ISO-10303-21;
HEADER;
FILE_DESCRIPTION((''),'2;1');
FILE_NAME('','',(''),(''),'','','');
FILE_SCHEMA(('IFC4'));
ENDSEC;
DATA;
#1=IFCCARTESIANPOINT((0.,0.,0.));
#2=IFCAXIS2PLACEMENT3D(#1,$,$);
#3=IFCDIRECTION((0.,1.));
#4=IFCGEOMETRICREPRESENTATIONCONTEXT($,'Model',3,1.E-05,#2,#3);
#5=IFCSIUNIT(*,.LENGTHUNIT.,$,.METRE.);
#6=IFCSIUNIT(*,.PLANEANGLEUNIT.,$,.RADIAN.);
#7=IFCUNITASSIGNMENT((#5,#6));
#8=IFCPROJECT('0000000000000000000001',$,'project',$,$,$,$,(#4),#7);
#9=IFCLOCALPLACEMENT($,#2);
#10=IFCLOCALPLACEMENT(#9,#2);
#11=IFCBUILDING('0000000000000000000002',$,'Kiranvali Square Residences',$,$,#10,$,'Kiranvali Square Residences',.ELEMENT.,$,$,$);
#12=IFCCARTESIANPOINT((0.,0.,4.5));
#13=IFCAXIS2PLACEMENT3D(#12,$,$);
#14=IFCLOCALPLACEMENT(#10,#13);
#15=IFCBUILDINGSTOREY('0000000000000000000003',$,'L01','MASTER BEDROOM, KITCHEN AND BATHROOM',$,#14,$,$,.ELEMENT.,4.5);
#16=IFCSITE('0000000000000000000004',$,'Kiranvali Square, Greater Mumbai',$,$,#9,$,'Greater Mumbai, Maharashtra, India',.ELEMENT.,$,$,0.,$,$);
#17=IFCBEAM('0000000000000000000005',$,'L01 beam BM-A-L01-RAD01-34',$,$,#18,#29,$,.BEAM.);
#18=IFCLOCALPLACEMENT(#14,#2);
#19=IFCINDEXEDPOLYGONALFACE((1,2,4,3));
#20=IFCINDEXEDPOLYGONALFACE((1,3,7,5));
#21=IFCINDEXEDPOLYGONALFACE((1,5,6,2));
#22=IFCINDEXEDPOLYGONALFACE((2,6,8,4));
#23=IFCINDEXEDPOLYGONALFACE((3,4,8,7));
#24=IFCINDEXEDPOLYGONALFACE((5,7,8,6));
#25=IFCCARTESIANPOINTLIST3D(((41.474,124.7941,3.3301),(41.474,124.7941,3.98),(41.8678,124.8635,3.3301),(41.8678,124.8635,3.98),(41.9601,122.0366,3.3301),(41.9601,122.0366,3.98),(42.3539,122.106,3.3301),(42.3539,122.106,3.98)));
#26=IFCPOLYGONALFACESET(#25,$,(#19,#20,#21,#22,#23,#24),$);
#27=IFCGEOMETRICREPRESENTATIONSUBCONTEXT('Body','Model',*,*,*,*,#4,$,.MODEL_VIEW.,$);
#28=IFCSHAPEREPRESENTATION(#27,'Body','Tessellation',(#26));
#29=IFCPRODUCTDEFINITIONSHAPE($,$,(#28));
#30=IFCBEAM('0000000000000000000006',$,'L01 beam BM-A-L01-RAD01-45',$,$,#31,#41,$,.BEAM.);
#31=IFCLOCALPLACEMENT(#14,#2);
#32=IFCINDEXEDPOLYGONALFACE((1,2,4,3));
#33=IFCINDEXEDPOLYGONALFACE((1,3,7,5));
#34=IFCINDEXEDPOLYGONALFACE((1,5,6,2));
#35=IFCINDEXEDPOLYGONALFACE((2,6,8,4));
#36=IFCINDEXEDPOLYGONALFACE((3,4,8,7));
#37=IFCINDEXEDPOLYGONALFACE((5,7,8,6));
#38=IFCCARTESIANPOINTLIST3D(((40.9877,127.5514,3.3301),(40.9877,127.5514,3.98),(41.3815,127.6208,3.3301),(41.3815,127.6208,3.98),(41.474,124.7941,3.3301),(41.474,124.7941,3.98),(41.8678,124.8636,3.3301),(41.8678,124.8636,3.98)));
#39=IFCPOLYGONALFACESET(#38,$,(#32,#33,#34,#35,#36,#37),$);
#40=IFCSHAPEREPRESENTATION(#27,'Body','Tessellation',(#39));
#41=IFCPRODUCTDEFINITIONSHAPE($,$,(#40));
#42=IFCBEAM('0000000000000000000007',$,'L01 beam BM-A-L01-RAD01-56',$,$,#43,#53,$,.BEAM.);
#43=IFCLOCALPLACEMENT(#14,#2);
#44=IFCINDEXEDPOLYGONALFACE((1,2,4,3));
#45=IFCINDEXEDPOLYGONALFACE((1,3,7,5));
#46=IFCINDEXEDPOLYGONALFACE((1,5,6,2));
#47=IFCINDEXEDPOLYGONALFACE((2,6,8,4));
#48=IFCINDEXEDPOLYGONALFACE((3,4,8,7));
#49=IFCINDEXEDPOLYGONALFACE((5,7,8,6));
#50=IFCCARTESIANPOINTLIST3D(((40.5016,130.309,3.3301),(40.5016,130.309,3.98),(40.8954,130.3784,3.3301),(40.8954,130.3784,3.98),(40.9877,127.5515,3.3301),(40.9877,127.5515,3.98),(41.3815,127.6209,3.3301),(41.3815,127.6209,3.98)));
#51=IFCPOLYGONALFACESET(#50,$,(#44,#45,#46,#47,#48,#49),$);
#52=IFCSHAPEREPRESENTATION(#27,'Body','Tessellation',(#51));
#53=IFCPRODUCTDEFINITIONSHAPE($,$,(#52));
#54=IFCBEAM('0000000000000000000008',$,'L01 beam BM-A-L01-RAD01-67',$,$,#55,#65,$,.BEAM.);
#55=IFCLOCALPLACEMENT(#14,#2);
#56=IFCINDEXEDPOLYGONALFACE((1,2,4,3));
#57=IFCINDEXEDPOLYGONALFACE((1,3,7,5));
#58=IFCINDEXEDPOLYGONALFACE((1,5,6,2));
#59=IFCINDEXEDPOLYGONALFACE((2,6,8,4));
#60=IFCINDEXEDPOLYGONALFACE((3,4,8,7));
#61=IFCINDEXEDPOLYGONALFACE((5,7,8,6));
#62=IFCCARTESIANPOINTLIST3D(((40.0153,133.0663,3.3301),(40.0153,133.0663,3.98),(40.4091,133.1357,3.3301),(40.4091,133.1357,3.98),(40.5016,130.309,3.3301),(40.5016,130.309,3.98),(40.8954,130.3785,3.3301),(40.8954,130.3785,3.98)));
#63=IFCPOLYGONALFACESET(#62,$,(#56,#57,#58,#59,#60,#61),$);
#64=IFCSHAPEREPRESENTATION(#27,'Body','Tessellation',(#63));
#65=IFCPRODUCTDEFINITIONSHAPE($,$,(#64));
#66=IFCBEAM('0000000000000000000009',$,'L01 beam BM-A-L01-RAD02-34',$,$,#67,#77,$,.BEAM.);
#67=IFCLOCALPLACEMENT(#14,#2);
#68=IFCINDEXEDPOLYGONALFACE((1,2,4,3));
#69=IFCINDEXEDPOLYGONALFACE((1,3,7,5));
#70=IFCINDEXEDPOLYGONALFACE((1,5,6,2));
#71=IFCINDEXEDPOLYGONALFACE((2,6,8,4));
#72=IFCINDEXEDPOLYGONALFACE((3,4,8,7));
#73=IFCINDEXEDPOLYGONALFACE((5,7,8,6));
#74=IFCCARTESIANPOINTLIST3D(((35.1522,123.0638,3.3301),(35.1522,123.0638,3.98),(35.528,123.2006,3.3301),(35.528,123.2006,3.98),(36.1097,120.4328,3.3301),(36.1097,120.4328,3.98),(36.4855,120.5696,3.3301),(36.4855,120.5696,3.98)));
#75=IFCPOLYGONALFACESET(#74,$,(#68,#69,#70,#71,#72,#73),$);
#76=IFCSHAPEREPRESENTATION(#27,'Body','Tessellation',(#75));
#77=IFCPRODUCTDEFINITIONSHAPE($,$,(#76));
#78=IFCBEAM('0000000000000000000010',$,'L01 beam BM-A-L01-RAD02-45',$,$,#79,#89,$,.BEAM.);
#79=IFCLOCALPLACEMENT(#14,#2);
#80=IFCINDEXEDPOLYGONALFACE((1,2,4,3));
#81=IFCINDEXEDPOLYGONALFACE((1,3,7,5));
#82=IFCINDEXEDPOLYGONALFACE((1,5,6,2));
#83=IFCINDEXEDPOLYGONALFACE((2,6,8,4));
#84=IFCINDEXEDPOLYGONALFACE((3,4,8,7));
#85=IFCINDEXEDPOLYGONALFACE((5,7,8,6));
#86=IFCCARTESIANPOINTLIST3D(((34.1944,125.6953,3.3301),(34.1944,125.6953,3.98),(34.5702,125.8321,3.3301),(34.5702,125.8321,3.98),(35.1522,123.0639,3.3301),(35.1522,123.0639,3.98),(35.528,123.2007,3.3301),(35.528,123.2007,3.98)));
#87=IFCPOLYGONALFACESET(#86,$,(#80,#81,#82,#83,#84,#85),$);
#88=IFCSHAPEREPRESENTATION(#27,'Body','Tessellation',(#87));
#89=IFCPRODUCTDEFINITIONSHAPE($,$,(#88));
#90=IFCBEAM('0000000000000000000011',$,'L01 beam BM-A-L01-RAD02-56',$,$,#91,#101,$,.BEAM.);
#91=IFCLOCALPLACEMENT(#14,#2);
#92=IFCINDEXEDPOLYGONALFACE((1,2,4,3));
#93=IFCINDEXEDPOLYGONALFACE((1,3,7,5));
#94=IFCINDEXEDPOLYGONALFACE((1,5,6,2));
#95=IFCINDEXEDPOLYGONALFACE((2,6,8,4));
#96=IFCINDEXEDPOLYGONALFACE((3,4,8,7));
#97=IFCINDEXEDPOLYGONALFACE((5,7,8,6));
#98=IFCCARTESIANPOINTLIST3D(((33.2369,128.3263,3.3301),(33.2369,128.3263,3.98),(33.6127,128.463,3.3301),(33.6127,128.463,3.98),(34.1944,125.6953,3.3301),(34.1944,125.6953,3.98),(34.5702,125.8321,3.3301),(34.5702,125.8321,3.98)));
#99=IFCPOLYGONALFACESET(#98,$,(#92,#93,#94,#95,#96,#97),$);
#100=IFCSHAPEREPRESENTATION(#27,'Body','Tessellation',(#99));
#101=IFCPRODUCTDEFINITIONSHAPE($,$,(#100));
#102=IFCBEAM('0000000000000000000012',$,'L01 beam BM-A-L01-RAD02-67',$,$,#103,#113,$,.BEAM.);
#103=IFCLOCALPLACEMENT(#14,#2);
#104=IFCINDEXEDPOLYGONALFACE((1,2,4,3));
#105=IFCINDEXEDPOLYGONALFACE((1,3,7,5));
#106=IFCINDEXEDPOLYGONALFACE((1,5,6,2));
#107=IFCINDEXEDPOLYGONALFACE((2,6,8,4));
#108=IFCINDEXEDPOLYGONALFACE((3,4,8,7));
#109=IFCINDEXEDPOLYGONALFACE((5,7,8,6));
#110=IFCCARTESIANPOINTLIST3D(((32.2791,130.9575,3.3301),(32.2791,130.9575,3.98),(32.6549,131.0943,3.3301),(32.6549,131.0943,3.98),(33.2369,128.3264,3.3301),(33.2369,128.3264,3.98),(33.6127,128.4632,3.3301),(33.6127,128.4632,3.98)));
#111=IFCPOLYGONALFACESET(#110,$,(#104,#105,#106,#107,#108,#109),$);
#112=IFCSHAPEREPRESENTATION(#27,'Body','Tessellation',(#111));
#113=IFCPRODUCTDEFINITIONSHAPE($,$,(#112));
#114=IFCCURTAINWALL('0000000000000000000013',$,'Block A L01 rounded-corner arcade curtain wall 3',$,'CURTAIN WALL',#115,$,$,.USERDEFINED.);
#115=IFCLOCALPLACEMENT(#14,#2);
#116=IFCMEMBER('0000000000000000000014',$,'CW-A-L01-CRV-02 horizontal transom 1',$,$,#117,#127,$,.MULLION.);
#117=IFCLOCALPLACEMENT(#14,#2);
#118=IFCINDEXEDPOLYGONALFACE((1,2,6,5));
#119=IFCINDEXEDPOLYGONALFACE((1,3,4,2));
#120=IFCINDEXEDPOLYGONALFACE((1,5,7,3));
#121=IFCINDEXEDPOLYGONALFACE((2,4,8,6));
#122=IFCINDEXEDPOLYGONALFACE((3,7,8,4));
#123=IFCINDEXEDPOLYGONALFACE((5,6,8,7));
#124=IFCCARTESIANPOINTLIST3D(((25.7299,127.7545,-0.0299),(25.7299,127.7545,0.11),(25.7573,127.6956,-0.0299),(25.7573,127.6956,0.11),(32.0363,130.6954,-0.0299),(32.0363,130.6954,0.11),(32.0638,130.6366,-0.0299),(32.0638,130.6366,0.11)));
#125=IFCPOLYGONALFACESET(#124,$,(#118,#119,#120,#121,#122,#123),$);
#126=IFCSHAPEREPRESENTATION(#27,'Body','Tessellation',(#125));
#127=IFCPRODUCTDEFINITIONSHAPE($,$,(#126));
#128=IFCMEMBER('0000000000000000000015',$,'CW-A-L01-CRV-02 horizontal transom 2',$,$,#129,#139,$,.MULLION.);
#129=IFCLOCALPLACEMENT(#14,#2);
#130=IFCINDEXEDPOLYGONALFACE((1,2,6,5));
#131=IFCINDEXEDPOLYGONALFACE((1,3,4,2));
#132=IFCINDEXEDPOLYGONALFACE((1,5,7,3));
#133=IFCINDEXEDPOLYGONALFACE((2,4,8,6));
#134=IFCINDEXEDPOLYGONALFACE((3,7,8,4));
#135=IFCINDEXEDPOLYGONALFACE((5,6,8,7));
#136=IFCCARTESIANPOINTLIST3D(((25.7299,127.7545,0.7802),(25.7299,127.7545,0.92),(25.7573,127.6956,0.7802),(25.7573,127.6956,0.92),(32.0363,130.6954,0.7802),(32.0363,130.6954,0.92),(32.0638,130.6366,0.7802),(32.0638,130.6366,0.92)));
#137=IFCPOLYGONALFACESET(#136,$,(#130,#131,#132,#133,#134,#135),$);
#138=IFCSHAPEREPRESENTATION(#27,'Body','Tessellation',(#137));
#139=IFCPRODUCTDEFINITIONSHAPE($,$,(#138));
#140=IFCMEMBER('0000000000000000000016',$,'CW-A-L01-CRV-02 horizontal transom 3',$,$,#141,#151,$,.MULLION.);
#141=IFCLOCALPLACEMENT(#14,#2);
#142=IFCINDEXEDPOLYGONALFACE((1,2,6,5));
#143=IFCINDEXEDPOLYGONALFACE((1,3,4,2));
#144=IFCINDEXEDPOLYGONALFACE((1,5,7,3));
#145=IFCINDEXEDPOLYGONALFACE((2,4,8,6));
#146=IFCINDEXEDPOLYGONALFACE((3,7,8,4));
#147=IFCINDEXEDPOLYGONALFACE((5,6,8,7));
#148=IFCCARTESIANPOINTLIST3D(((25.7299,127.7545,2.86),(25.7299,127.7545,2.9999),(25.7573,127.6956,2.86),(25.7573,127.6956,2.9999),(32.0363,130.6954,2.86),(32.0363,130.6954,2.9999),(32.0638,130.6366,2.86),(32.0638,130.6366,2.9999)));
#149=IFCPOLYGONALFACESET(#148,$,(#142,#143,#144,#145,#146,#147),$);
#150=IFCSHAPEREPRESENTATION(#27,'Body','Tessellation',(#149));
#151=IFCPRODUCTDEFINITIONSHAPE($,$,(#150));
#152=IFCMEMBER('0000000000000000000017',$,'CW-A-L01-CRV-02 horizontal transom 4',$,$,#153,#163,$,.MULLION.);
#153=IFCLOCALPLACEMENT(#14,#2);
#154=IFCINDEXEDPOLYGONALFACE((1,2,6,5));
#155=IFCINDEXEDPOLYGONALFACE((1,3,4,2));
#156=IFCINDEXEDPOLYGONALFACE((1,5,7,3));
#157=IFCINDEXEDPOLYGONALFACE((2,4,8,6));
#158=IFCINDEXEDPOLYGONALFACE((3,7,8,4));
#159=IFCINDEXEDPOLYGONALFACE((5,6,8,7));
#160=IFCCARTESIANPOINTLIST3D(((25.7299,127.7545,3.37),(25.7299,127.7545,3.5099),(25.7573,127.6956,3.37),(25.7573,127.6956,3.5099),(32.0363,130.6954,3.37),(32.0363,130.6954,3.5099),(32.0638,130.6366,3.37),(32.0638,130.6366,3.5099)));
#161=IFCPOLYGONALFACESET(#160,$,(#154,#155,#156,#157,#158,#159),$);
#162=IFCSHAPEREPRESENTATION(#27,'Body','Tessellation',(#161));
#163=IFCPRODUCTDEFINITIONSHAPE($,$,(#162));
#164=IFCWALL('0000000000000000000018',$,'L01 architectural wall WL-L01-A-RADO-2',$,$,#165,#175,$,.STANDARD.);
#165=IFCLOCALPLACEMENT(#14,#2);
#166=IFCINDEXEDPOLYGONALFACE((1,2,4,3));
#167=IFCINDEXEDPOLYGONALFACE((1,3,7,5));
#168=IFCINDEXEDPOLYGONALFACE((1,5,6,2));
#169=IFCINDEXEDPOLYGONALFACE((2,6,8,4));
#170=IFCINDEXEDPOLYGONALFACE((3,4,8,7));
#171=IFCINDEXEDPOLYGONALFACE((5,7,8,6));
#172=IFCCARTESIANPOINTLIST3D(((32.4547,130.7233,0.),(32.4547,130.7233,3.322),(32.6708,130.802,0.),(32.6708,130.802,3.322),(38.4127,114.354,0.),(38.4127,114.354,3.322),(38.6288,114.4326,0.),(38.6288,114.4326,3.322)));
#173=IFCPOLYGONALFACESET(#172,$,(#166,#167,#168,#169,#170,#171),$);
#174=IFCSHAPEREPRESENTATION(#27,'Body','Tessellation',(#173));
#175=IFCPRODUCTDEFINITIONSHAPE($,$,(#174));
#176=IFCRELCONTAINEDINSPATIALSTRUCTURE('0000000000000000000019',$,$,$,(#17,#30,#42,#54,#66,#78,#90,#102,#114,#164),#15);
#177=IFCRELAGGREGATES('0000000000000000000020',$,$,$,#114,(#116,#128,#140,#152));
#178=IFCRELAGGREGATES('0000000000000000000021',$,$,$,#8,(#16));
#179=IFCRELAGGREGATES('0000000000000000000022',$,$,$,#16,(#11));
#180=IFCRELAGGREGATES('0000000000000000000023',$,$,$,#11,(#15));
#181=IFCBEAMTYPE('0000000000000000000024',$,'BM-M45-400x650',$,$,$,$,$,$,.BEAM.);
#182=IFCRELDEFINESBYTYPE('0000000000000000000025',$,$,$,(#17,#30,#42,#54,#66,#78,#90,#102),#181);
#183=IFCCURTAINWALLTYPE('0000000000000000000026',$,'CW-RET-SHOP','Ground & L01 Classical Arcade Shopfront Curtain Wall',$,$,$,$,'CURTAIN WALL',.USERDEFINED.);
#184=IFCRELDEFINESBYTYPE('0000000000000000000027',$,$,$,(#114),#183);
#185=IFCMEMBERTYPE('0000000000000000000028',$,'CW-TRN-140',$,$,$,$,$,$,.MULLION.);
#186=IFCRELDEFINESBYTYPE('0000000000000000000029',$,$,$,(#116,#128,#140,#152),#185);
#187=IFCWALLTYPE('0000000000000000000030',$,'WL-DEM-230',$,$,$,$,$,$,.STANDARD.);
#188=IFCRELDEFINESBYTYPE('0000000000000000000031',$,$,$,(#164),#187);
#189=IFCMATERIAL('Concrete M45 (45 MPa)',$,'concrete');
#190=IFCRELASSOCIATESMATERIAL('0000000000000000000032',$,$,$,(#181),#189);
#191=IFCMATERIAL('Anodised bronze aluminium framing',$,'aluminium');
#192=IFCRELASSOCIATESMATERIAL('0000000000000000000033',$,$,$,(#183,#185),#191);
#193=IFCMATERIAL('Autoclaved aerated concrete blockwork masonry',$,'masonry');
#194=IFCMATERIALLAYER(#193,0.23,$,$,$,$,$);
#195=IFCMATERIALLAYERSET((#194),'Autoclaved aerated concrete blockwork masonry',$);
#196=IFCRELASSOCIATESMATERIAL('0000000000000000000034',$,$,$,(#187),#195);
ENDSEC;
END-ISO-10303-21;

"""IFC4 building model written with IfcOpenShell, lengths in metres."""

from ifc_helpers import new_model, si_unit, direction, frame, frame_2d, origin, origin_2d, place, context, subcontext, project, spatial, rectangle, extrude, material, layer, layer_set, material_profile, profile_set, type_object, element, aggregate, save


model = new_model("IFC4")

# Units and contexts
model_context = context("Model", 3, precision=1e-05, world=origin(), true_north=direction((0.0, 1.0)))
body_context = subcontext(model_context, "Body", "Model", "MODEL_VIEW")
ifc_project = project(units=[si_unit("LENGTHUNIT", "METRE"), si_unit("PLANEANGLEUNIT", "RADIAN")], contexts=[model_context])

# Site, building, storey
site_placement = place(None, origin())
site = spatial("IfcSite", under=ifc_project, at=site_placement, Name="Kiranvali Square, Greater Mumbai", LongName="Greater Mumbai, Maharashtra, India", CompositionType="ELEMENT", RefElevation=0.0)
building_placement = place(site_placement, origin())
building = spatial("IfcBuilding", under=site, at=building_placement, Name="Kiranvali Square Residences", LongName="Kiranvali Square Residences", CompositionType="ELEMENT")
storey_placement = place(building_placement, frame((0.0, 0.0, 4.5)))
storey = spatial("IfcBuildingStorey", under=building, at=storey_placement, Name="L01", Description="MASTER BEDROOM, KITCHEN AND BATHROOM", CompositionType="ELEMENT", Elevation=4.5)

# Beams
ifc_material_1 = material(Name="Concrete M45 (45 MPa)", Category="concrete")
ifc_material_profile_1 = material_profile(ifc_material_1, rectangle(XDim=0.3999, YDim=0.6499, at=origin_2d()), Name="RC 400x650")
ifc_profile_set_1 = profile_set([ifc_material_profile_1], Name="Concrete M45 (45 MPa)")
beam_type = type_object("IfcBeamType", Name="BM-M45-400x650", PredefinedType="BEAM", material=ifc_profile_set_1)
beam_1_placement = place(storey_placement, frame((42.157, 122.0713, 3.655), z_axis=(-0.173596, 0.984817, 0.0), x_axis=(-0.984817, -0.173596, 0.0)))
element("IfcBeam", 1, at=beam_1_placement, inside=storey, type_object=beam_type, Name="L01 beam BM-A-L01-RAD01-34", PredefinedType="BEAM", context=body_context, shape_type="SweptSolid", body=[
    extrude(rectangle(XDim=0.3999, YDim=0.6499, at=origin_2d()), origin(), (0.0, 0.0, 1.0), 2.8),
])
beam_2_placement = place(storey_placement, frame((41.6709, 124.8289, 3.655), z_axis=(-0.173696, 0.984799, 0.0), x_axis=(-0.984799, -0.173696, 0.0)))
element("IfcBeam", 2, at=beam_2_placement, inside=storey, type_object=beam_type, Name="L01 beam BM-A-L01-RAD01-45", PredefinedType="BEAM", context=body_context, shape_type="SweptSolid", body=[
    extrude(rectangle(XDim=0.3999, YDim=0.6499, at=origin_2d()), origin(), (0.0, 0.0, 1.0), 2.7998),
])
beam_3_placement = place(storey_placement, frame((41.1846, 127.5862, 3.655), z_axis=(-0.173596, 0.984817, 0.0), x_axis=(-0.984817, -0.173596, 0.0)))
element("IfcBeam", 3, at=beam_3_placement, inside=storey, type_object=beam_type, Name="L01 beam BM-A-L01-RAD01-56", PredefinedType="BEAM", context=body_context, shape_type="SweptSolid", body=[
    extrude(rectangle(XDim=0.3999, YDim=0.6499, at=origin_2d()), origin(), (0.0, 0.0, 1.0), 2.8),
])
for number, where, z_axis, x_axis, name in (
    (4, (40.6985, 130.3438, 3.655), (-0.173696, 0.984799, 0.0), (-0.984799, -0.173696, 0.0), "L01 beam BM-A-L01-RAD01-67"),
    (5, (36.2976, 120.5012, 3.655), (-0.341981, 0.939707, 0.0), (-0.939707, -0.341981, 0.0), "L01 beam BM-A-L01-RAD02-34"),
):
    element("IfcBeam", number, at=place(storey_placement, frame(where, z_axis=z_axis, x_axis=x_axis)), inside=storey, type_object=beam_type, Name=name, PredefinedType="BEAM", context=body_context, shape_type="SweptSolid", body=[
        extrude(rectangle(XDim=0.3999, YDim=0.6499, at=origin_2d()), origin(), (0.0, 0.0, 1.0), 2.7998),
    ])
beam_4_placement = place(storey_placement, frame((35.3401, 123.1323, 3.655), z_axis=(-0.34203, 0.939689, 0.0), x_axis=(-0.939689, -0.34203, 0.0)))
element("IfcBeam", 6, at=beam_4_placement, inside=storey, type_object=beam_type, Name="L01 beam BM-A-L01-RAD02-45", PredefinedType="BEAM", context=body_context, shape_type="SweptSolid", body=[
    extrude(rectangle(XDim=0.3999, YDim=0.6499, at=origin_2d()), origin(), (0.0, 0.0, 1.0), 2.8003),
])
beam_5_placement = place(storey_placement, frame((34.3823, 125.7637, 3.655), z_axis=(-0.341981, 0.939707, 0.0), x_axis=(-0.939707, -0.341981, 0.0)))
element("IfcBeam", 7, at=beam_5_placement, inside=storey, type_object=beam_type, Name="L01 beam BM-A-L01-RAD02-56", PredefinedType="BEAM", context=body_context, shape_type="SweptSolid", body=[
    extrude(rectangle(XDim=0.3999, YDim=0.6499, at=origin_2d()), origin(), (0.0, 0.0, 1.0), 2.7998),
])
beam_6_placement = place(storey_placement, frame((33.4248, 128.3948, 3.655), z_axis=(-0.342058, 0.939679, 0.0), x_axis=(-0.939679, -0.342058, 0.0)))
element("IfcBeam", 8, at=beam_6_placement, inside=storey, type_object=beam_type, Name="L01 beam BM-A-L01-RAD02-67", PredefinedType="BEAM", context=body_context, shape_type="SweptSolid", body=[
    extrude(rectangle(XDim=0.3999, YDim=0.6499, at=origin_2d()), origin(), (0.0, 0.0, 1.0), 2.8),
])

# Curtain wall, members
ifc_material_2 = material(Name="Anodised bronze aluminium framing", Category="aluminium")
curtain_wall_type = type_object("IfcCurtainWallType", Name="CW-RET-SHOP", Description="Ground & L01 Classical Arcade Shopfront Curtain Wall", ElementType="CURTAIN WALL", PredefinedType="USERDEFINED", material=ifc_material_2)
curtain_wall_placement = place(storey_placement, origin())
curtain_wall = element("IfcCurtainWall", 9, at=curtain_wall_placement, inside=storey, type_object=curtain_wall_type, Name="Block A L01 rounded-corner arcade curtain wall 3", ObjectType="CURTAIN WALL", PredefinedType="USERDEFINED")
ifc_material_profile_2 = material_profile(ifc_material_2, rectangle(XDim=0.0649, YDim=0.1399, at=origin_2d()), Name="ALU 65x140")
ifc_profile_set_2 = profile_set([ifc_material_profile_2], Name="Anodised bronze aluminium framing")
member_type = type_object("IfcMemberType", Name="CW-TRN-140", PredefinedType="MULLION", material=ifc_profile_set_2)
member_1_placement = place(storey_placement, frame((32.05, 130.666, 0.04), z_axis=(-0.906297, -0.422642, 0.0), x_axis=(0.422642, -0.906297, 0.0)))
member_1 = element("IfcMember", 10, at=member_1_placement, type_object=member_type, Name="CW-A-L01-CRV-02 horizontal transom 1", PredefinedType="MULLION", context=body_context, shape_type="SweptSolid", body=[
    extrude(rectangle(XDim=0.0649, YDim=0.1399, at=origin_2d()), origin(), (0.0, 0.0, 1.0), 6.9585),
])
member_2_placement = place(storey_placement, frame((32.05, 130.666, 0.8501), z_axis=(-0.906297, -0.422642, 0.0), x_axis=(0.422642, -0.906297, 0.0)))
member_2 = element("IfcMember", 11, at=member_2_placement, type_object=member_type, Name="CW-A-L01-CRV-02 horizontal transom 2", PredefinedType="MULLION", context=body_context, shape_type="SweptSolid", body=[
    extrude(rectangle(XDim=0.0649, YDim=0.1399, at=origin_2d()), origin(), (0.0, 0.0, 1.0), 6.9585),
])
member_3_placement = place(storey_placement, frame((32.05, 130.666, 2.9299), z_axis=(-0.906297, -0.422642, 0.0), x_axis=(0.422642, -0.906297, 0.0)))
member_3 = element("IfcMember", 12, at=member_3_placement, type_object=member_type, Name="CW-A-L01-CRV-02 horizontal transom 3", PredefinedType="MULLION", context=body_context, shape_type="SweptSolid", body=[
    extrude(rectangle(XDim=0.0649, YDim=0.1399, at=origin_2d()), origin(), (0.0, 0.0, 1.0), 6.9585),
])
member_4_placement = place(storey_placement, frame((32.05, 130.666, 3.4399), z_axis=(-0.906297, -0.422642, 0.0), x_axis=(0.422642, -0.906297, 0.0)))
member_4 = element("IfcMember", 13, at=member_4_placement, type_object=member_type, Name="CW-A-L01-CRV-02 horizontal transom 4", PredefinedType="MULLION", context=body_context, shape_type="SweptSolid", body=[
    extrude(rectangle(XDim=0.0649, YDim=0.1399, at=origin_2d()), origin(), (0.0, 0.0, 1.0), 6.9585),
])
aggregate(curtain_wall, [member_1, member_2, member_3, member_4])

# Shared definitions
ifc_material_3 = material(Name="Autoclaved aerated concrete blockwork masonry", Category="masonry")

# Wall
ifc_layer_1 = layer(ifc_material_3, 0.23)
ifc_layer_set_1 = layer_set([ifc_layer_1], Name="Autoclaved aerated concrete blockwork masonry")
wall_type_1 = type_object("IfcWallType", Name="WL-DEM-230", PredefinedType="STANDARD", material=ifc_layer_set_1)
wall_1_placement = place(storey_placement, frame((38.5208, 114.3933, 0.0), z_axis=(0.0, 0.0, 1.0), x_axis=(-0.342022, 0.939692, 0.0)))
element("IfcWall", 14, at=wall_1_placement, inside=storey, type_object=wall_type_1, Name="L01 architectural wall WL-L01-A-RADO-2", PredefinedType="STANDARD", context=body_context, shape_type="SweptSolid", body=[
    extrude(rectangle(XDim=17.4199, YDim=0.23, at=frame_2d((8.71, 0.0))), origin(), (0.0, 0.0, 1.0), 3.322),
])

save(model, "model.ifc")
